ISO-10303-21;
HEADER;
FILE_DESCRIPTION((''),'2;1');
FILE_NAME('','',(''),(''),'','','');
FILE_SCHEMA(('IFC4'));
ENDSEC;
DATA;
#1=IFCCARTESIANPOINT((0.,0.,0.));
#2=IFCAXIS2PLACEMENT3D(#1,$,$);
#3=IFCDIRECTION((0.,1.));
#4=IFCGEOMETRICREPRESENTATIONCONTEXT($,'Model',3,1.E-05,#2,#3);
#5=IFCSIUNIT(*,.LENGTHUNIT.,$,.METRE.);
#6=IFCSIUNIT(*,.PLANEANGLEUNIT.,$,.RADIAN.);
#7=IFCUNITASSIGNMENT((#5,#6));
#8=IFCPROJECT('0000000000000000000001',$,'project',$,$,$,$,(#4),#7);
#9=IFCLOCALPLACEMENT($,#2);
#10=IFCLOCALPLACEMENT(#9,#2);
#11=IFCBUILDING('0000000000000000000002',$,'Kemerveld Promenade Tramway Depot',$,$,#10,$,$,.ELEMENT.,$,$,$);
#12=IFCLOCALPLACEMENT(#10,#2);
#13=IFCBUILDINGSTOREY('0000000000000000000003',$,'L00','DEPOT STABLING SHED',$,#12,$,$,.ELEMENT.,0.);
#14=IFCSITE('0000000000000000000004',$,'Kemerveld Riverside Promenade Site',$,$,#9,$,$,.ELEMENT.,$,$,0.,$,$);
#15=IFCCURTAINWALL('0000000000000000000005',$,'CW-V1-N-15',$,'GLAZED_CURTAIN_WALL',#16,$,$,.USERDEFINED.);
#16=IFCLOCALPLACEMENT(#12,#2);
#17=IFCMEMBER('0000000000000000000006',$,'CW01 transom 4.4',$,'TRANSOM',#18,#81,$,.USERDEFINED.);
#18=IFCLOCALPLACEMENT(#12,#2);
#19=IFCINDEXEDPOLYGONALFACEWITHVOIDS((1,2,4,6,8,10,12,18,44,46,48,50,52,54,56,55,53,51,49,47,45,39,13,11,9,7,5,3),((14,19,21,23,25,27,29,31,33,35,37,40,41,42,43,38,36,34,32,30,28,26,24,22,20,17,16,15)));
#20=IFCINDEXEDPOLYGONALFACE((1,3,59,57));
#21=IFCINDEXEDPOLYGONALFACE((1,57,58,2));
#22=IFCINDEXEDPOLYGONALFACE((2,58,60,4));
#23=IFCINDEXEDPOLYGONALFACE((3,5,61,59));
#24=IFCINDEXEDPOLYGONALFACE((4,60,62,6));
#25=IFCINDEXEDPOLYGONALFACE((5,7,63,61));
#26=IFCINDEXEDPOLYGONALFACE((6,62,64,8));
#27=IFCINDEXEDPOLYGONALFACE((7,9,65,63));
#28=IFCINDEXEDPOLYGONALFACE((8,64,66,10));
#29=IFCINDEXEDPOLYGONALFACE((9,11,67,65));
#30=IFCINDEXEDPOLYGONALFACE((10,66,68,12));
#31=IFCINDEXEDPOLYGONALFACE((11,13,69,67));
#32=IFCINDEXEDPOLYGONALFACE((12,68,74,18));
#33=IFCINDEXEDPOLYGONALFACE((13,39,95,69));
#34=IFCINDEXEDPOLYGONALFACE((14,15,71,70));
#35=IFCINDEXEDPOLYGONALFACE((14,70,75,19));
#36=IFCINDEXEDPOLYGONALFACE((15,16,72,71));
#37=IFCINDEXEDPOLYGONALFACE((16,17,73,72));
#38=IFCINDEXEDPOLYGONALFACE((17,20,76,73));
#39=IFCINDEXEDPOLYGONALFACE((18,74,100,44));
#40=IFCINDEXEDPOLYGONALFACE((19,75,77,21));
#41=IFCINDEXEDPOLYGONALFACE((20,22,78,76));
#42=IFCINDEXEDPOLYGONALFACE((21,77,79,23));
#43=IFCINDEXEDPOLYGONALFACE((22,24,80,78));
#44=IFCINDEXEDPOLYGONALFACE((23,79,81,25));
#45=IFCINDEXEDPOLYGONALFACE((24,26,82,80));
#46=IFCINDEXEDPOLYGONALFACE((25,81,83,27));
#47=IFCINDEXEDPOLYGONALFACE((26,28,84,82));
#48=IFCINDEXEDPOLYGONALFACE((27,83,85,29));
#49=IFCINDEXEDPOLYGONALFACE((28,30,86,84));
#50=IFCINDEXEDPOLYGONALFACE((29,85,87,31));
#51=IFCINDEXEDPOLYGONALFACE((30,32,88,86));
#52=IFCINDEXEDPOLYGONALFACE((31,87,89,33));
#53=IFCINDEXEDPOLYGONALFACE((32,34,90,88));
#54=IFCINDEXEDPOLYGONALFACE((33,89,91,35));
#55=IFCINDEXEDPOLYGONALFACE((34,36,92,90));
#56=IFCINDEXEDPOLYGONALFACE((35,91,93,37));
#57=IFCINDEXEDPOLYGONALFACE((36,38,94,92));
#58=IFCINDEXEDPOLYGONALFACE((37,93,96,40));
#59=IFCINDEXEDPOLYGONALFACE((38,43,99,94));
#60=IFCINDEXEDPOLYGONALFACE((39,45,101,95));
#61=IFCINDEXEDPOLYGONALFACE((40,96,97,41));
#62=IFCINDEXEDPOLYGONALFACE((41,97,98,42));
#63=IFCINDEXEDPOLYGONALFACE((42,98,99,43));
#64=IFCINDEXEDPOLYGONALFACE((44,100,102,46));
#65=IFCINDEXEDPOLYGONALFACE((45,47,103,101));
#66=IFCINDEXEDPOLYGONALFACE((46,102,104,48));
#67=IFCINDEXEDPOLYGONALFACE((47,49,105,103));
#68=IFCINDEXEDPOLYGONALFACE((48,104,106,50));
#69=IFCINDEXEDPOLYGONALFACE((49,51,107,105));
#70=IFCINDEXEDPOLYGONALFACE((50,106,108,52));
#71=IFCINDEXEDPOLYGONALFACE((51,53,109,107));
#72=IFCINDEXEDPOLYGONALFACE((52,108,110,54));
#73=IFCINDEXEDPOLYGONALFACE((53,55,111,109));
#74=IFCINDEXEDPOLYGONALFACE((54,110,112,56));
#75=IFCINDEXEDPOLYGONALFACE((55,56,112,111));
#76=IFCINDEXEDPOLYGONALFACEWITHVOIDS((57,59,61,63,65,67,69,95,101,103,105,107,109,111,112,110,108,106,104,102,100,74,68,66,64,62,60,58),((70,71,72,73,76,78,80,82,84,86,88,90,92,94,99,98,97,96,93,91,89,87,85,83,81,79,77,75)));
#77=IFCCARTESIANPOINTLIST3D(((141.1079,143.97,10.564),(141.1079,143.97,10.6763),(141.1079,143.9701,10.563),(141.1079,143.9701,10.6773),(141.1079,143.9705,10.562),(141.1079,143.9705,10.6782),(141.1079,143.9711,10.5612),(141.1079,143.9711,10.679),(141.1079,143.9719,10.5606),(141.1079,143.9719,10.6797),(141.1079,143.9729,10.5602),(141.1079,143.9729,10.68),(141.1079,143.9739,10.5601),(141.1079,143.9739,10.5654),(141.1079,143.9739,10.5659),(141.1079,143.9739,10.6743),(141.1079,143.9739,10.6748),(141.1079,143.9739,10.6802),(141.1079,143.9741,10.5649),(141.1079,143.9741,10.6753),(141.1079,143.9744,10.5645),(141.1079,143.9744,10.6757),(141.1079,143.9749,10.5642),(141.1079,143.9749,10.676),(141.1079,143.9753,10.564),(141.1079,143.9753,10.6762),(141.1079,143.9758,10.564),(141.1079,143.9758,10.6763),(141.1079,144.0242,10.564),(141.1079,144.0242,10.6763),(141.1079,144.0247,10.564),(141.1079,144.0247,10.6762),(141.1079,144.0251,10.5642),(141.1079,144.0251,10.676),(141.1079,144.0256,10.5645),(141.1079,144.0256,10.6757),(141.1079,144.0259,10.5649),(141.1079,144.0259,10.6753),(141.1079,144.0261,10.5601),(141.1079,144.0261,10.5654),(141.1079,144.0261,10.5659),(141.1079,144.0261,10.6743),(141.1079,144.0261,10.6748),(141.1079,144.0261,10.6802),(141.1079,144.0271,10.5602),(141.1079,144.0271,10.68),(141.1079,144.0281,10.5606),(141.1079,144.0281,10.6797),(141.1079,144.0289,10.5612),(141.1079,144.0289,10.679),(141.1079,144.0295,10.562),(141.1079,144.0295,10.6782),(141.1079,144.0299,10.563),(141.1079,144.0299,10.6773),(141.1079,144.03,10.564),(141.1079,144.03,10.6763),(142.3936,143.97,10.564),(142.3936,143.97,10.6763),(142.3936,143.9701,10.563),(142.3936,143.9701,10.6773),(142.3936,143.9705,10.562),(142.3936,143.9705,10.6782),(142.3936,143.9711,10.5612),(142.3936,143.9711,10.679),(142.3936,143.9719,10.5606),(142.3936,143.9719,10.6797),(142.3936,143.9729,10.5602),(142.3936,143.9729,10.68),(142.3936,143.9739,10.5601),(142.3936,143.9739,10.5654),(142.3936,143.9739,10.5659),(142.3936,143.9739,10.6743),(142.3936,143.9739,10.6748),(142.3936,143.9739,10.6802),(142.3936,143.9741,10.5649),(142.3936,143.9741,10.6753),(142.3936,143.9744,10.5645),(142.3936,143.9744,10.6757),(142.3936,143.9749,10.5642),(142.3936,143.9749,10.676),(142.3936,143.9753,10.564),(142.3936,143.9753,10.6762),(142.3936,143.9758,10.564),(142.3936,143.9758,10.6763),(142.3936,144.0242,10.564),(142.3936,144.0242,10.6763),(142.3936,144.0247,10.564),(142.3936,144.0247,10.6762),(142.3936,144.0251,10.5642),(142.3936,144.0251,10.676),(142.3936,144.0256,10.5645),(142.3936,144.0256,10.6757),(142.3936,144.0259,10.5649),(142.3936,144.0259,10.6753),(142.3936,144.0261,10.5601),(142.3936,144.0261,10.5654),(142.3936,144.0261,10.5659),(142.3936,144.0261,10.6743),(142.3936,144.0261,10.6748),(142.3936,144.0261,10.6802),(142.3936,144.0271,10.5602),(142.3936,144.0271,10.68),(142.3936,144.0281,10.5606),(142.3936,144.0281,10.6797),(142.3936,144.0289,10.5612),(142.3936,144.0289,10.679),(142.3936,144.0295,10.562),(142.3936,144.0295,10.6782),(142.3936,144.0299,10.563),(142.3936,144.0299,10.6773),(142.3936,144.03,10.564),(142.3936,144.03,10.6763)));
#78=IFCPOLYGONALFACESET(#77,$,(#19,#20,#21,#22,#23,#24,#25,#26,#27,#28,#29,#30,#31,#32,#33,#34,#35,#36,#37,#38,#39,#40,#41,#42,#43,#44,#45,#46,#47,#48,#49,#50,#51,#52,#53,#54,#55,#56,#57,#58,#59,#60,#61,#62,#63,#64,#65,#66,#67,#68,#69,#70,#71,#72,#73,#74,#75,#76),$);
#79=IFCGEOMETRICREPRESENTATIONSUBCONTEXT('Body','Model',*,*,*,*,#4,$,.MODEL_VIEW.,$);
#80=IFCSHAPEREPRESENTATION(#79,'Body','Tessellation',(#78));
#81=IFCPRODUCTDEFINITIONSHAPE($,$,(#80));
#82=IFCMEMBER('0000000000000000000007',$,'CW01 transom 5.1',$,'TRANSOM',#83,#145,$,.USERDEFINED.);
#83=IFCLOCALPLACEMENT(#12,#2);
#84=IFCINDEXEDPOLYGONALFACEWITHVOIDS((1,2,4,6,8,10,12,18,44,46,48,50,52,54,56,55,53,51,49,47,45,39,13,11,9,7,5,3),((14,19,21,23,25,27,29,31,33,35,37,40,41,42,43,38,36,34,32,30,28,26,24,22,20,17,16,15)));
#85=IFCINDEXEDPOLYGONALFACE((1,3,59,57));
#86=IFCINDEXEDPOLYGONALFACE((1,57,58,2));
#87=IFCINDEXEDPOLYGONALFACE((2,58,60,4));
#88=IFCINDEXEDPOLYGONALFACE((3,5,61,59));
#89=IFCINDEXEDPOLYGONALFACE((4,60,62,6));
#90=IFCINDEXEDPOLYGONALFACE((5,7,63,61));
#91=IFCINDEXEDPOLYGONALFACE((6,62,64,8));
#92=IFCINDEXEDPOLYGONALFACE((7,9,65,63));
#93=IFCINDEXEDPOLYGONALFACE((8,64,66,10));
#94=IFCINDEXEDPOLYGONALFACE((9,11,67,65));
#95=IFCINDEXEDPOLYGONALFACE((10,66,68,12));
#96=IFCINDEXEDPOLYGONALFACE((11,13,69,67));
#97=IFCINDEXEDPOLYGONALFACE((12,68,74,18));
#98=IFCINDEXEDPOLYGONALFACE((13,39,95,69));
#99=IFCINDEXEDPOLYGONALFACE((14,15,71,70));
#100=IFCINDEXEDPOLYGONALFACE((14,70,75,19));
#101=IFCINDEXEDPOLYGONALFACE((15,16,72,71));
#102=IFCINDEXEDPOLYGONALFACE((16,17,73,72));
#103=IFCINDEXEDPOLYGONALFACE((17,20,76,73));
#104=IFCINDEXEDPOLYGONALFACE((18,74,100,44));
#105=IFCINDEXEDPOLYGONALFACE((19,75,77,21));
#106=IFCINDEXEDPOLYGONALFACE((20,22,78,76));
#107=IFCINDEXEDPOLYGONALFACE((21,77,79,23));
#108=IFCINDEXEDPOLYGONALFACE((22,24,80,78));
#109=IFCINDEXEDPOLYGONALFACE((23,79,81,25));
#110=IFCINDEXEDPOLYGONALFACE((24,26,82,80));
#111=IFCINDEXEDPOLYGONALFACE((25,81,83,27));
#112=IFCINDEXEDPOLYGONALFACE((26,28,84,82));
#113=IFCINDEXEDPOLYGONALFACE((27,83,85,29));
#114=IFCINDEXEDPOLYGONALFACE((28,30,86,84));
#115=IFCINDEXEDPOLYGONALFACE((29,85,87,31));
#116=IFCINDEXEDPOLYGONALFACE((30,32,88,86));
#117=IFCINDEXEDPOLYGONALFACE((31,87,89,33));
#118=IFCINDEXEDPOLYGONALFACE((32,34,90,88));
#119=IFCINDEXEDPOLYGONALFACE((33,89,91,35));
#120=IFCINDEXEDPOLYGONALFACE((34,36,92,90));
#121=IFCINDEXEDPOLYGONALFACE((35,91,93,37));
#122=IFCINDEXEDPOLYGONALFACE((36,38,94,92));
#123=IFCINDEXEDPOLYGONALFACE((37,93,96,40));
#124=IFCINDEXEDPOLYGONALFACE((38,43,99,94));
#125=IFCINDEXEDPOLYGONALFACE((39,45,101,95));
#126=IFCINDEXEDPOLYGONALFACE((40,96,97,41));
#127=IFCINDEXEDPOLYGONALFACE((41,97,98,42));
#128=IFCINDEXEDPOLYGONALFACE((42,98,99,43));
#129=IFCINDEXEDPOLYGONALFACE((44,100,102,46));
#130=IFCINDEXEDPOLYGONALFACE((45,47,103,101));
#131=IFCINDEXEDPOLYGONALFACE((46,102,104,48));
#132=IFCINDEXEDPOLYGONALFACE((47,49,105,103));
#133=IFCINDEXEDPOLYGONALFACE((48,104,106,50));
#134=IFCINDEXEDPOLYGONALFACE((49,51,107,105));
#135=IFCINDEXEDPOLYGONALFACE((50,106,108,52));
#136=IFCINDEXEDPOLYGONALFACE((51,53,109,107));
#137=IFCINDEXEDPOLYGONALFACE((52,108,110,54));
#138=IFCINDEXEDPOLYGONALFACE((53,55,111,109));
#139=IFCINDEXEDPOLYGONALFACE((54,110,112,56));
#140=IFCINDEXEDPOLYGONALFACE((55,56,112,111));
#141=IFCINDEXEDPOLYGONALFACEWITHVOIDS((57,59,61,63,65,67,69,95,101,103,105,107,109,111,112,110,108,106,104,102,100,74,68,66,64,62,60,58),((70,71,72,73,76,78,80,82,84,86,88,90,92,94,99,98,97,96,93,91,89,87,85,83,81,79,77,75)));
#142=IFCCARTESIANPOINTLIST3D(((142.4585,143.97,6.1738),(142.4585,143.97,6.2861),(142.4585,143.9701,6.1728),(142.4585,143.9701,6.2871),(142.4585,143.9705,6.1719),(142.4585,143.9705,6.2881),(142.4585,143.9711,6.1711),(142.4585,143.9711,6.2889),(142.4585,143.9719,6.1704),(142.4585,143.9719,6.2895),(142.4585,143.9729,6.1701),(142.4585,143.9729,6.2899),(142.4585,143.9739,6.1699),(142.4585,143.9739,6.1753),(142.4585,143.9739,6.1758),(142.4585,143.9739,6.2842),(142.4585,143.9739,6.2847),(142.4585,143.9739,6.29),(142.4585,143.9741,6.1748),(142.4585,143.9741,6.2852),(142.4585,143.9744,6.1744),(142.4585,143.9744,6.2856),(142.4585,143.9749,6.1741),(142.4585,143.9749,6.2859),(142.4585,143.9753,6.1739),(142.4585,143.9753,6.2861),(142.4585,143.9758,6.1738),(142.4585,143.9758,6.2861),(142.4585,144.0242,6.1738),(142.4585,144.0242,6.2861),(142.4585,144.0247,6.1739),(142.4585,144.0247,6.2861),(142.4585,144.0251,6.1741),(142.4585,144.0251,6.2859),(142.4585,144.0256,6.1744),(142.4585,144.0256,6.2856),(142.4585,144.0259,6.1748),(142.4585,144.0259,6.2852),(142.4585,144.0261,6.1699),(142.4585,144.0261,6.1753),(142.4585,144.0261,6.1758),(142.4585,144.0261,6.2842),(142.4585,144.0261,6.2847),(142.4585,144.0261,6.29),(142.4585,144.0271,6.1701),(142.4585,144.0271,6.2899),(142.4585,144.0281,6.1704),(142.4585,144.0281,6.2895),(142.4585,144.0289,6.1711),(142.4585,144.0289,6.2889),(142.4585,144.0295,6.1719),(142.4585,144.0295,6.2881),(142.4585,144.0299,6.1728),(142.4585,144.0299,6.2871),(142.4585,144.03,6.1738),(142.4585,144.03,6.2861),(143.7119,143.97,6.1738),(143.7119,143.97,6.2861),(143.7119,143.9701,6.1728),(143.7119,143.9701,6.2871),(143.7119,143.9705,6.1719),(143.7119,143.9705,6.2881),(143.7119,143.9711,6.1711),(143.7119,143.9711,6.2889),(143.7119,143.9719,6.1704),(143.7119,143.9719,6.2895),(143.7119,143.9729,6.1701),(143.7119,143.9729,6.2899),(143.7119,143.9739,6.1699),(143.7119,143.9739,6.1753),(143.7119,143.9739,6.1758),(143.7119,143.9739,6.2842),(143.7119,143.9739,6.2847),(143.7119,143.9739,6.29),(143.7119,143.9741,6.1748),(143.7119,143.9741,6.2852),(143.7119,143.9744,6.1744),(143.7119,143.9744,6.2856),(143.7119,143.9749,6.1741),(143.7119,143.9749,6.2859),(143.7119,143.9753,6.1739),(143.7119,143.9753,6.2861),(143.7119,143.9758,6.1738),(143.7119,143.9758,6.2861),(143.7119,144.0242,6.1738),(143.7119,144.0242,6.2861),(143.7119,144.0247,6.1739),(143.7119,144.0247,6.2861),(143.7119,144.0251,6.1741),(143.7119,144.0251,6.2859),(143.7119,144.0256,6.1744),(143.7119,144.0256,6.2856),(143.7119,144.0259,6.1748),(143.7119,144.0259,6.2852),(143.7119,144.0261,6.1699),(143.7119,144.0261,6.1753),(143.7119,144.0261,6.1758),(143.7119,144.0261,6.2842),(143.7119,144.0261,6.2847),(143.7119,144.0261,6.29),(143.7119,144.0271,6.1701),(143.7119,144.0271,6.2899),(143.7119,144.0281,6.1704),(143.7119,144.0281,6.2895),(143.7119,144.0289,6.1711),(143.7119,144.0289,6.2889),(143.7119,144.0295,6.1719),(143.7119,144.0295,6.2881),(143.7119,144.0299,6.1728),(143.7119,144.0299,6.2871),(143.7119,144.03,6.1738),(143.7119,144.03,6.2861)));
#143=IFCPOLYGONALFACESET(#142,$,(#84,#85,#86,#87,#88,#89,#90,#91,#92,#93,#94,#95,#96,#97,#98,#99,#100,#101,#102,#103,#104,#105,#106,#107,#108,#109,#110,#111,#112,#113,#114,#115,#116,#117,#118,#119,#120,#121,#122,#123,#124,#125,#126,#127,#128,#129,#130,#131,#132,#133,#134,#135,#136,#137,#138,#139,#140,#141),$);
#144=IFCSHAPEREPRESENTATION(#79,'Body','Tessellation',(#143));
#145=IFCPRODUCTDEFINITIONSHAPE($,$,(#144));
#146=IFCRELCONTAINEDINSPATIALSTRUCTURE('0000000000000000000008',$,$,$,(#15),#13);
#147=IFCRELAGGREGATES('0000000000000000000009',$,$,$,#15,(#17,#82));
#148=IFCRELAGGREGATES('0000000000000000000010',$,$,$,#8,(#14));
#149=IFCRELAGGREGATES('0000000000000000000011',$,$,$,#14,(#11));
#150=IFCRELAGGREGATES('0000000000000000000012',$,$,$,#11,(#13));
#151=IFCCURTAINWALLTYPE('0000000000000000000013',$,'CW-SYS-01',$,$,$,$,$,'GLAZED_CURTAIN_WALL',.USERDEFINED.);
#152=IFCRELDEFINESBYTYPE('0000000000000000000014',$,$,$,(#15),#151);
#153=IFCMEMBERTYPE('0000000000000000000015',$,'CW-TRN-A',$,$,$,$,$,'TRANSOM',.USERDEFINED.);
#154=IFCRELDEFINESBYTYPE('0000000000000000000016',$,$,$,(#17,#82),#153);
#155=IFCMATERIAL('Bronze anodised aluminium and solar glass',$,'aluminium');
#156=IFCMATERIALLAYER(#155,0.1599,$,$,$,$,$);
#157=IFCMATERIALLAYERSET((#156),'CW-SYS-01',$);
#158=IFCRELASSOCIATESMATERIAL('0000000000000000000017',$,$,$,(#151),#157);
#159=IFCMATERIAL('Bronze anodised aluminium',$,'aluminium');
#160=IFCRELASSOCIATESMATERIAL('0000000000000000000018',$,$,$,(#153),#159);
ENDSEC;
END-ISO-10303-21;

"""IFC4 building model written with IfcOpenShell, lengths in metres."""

from ifc_helpers import new_model, si_unit, direction, frame, origin, origin_2d, place, context, subcontext, project, spatial, hollow_rectangle, extrude, material, layer, layer_set, material_profile, profile_set, type_object, element, aggregate, save


model = new_model("IFC4")

# Units and contexts
model_context = context("Model", 3, precision=1e-05, world=origin(), true_north=direction((0.0, 1.0)))
body_context = subcontext(model_context, "Body", "Model", "MODEL_VIEW")
ifc_project = project(units=[si_unit("LENGTHUNIT", "METRE"), si_unit("PLANEANGLEUNIT", "RADIAN")], contexts=[model_context])

# Site, building, storey
site_placement = place(None, origin())
site = spatial("IfcSite", under=ifc_project, at=site_placement, Name="Kemerveld Riverside Promenade Site", CompositionType="ELEMENT", RefElevation=0.0)
building_placement = place(site_placement, origin())
building = spatial("IfcBuilding", under=site, at=building_placement, Name="Kemerveld Promenade Tramway Depot", CompositionType="ELEMENT")
storey_placement = place(building_placement, origin())
storey = spatial("IfcBuildingStorey", under=building, at=storey_placement, Name="L00", Description="DEPOT STABLING SHED", CompositionType="ELEMENT", Elevation=0.0)

# Curtain wall, members
ifc_material_1 = material(Name="Bronze anodised aluminium and solar glass", Category="aluminium")
ifc_layer_1 = layer(ifc_material_1, 0.1599)
ifc_layer_set_1 = layer_set([ifc_layer_1], Name="CW-SYS-01")
curtain_wall_type = type_object("IfcCurtainWallType", Name="CW-SYS-01", ElementType="GLAZED_CURTAIN_WALL", PredefinedType="USERDEFINED", material=ifc_layer_set_1)
curtain_wall_placement = place(storey_placement, origin())
curtain_wall = element("IfcCurtainWall", 1, at=curtain_wall_placement, inside=storey, type_object=curtain_wall_type, Name="CW-V1-N-15", ObjectType="GLAZED_CURTAIN_WALL", PredefinedType="USERDEFINED")
ifc_material_2 = material(Name="Bronze anodised aluminium", Category="aluminium")
ifc_material_profile_1 = material_profile(ifc_material_2, hollow_rectangle(XDim=0.0601, YDim=0.1201, WallThickness=0.0039, InnerFilletRadius=0.002, OuterFilletRadius=0.0039, at=origin_2d()), Name="CW-TRN-120x60")
ifc_profile_set_1 = profile_set([ifc_material_profile_1], Name="Bronze anodised aluminium")
member_type_1 = type_object("IfcMemberType", Name="CW-TRN-A", ElementType="TRANSOM", PredefinedType="USERDEFINED", material=ifc_profile_set_1)
member_1_placement = place(storey_placement, frame((141.1079, 144.0, 10.6201), z_axis=(1.0, 0.0, 0.0), x_axis=(0.0, 1.0, 0.0)))
member_1 = element("IfcMember", 2, at=member_1_placement, type_object=member_type_1, Name="CW01 transom 4.4", ObjectType="TRANSOM", PredefinedType="USERDEFINED", context=body_context, shape_type="SweptSolid", body=[
    extrude(hollow_rectangle(XDim=0.0601, YDim=0.1201, WallThickness=0.0039, InnerFilletRadius=0.002, OuterFilletRadius=0.0039, at=origin_2d()), origin(), (0.0, 0.0, 1.0), 1.2856),
])
member_2_placement = place(storey_placement, frame((142.4585, 144.0, 6.23), z_axis=(1.0, 0.0, 0.0), x_axis=(0.0, 1.0, 0.0)))
member_2 = element("IfcMember", 3, at=member_2_placement, type_object=member_type_1, Name="CW01 transom 5.1", ObjectType="TRANSOM", PredefinedType="USERDEFINED", context=body_context, shape_type="SweptSolid", body=[
    extrude(hollow_rectangle(XDim=0.0601, YDim=0.1201, WallThickness=0.0039, InnerFilletRadius=0.002, OuterFilletRadius=0.0039, at=origin_2d()), origin(), (0.0, 0.0, 1.0), 1.2534),
])
aggregate(curtain_wall, [member_1, member_2])

save(model, "model.ifc")
